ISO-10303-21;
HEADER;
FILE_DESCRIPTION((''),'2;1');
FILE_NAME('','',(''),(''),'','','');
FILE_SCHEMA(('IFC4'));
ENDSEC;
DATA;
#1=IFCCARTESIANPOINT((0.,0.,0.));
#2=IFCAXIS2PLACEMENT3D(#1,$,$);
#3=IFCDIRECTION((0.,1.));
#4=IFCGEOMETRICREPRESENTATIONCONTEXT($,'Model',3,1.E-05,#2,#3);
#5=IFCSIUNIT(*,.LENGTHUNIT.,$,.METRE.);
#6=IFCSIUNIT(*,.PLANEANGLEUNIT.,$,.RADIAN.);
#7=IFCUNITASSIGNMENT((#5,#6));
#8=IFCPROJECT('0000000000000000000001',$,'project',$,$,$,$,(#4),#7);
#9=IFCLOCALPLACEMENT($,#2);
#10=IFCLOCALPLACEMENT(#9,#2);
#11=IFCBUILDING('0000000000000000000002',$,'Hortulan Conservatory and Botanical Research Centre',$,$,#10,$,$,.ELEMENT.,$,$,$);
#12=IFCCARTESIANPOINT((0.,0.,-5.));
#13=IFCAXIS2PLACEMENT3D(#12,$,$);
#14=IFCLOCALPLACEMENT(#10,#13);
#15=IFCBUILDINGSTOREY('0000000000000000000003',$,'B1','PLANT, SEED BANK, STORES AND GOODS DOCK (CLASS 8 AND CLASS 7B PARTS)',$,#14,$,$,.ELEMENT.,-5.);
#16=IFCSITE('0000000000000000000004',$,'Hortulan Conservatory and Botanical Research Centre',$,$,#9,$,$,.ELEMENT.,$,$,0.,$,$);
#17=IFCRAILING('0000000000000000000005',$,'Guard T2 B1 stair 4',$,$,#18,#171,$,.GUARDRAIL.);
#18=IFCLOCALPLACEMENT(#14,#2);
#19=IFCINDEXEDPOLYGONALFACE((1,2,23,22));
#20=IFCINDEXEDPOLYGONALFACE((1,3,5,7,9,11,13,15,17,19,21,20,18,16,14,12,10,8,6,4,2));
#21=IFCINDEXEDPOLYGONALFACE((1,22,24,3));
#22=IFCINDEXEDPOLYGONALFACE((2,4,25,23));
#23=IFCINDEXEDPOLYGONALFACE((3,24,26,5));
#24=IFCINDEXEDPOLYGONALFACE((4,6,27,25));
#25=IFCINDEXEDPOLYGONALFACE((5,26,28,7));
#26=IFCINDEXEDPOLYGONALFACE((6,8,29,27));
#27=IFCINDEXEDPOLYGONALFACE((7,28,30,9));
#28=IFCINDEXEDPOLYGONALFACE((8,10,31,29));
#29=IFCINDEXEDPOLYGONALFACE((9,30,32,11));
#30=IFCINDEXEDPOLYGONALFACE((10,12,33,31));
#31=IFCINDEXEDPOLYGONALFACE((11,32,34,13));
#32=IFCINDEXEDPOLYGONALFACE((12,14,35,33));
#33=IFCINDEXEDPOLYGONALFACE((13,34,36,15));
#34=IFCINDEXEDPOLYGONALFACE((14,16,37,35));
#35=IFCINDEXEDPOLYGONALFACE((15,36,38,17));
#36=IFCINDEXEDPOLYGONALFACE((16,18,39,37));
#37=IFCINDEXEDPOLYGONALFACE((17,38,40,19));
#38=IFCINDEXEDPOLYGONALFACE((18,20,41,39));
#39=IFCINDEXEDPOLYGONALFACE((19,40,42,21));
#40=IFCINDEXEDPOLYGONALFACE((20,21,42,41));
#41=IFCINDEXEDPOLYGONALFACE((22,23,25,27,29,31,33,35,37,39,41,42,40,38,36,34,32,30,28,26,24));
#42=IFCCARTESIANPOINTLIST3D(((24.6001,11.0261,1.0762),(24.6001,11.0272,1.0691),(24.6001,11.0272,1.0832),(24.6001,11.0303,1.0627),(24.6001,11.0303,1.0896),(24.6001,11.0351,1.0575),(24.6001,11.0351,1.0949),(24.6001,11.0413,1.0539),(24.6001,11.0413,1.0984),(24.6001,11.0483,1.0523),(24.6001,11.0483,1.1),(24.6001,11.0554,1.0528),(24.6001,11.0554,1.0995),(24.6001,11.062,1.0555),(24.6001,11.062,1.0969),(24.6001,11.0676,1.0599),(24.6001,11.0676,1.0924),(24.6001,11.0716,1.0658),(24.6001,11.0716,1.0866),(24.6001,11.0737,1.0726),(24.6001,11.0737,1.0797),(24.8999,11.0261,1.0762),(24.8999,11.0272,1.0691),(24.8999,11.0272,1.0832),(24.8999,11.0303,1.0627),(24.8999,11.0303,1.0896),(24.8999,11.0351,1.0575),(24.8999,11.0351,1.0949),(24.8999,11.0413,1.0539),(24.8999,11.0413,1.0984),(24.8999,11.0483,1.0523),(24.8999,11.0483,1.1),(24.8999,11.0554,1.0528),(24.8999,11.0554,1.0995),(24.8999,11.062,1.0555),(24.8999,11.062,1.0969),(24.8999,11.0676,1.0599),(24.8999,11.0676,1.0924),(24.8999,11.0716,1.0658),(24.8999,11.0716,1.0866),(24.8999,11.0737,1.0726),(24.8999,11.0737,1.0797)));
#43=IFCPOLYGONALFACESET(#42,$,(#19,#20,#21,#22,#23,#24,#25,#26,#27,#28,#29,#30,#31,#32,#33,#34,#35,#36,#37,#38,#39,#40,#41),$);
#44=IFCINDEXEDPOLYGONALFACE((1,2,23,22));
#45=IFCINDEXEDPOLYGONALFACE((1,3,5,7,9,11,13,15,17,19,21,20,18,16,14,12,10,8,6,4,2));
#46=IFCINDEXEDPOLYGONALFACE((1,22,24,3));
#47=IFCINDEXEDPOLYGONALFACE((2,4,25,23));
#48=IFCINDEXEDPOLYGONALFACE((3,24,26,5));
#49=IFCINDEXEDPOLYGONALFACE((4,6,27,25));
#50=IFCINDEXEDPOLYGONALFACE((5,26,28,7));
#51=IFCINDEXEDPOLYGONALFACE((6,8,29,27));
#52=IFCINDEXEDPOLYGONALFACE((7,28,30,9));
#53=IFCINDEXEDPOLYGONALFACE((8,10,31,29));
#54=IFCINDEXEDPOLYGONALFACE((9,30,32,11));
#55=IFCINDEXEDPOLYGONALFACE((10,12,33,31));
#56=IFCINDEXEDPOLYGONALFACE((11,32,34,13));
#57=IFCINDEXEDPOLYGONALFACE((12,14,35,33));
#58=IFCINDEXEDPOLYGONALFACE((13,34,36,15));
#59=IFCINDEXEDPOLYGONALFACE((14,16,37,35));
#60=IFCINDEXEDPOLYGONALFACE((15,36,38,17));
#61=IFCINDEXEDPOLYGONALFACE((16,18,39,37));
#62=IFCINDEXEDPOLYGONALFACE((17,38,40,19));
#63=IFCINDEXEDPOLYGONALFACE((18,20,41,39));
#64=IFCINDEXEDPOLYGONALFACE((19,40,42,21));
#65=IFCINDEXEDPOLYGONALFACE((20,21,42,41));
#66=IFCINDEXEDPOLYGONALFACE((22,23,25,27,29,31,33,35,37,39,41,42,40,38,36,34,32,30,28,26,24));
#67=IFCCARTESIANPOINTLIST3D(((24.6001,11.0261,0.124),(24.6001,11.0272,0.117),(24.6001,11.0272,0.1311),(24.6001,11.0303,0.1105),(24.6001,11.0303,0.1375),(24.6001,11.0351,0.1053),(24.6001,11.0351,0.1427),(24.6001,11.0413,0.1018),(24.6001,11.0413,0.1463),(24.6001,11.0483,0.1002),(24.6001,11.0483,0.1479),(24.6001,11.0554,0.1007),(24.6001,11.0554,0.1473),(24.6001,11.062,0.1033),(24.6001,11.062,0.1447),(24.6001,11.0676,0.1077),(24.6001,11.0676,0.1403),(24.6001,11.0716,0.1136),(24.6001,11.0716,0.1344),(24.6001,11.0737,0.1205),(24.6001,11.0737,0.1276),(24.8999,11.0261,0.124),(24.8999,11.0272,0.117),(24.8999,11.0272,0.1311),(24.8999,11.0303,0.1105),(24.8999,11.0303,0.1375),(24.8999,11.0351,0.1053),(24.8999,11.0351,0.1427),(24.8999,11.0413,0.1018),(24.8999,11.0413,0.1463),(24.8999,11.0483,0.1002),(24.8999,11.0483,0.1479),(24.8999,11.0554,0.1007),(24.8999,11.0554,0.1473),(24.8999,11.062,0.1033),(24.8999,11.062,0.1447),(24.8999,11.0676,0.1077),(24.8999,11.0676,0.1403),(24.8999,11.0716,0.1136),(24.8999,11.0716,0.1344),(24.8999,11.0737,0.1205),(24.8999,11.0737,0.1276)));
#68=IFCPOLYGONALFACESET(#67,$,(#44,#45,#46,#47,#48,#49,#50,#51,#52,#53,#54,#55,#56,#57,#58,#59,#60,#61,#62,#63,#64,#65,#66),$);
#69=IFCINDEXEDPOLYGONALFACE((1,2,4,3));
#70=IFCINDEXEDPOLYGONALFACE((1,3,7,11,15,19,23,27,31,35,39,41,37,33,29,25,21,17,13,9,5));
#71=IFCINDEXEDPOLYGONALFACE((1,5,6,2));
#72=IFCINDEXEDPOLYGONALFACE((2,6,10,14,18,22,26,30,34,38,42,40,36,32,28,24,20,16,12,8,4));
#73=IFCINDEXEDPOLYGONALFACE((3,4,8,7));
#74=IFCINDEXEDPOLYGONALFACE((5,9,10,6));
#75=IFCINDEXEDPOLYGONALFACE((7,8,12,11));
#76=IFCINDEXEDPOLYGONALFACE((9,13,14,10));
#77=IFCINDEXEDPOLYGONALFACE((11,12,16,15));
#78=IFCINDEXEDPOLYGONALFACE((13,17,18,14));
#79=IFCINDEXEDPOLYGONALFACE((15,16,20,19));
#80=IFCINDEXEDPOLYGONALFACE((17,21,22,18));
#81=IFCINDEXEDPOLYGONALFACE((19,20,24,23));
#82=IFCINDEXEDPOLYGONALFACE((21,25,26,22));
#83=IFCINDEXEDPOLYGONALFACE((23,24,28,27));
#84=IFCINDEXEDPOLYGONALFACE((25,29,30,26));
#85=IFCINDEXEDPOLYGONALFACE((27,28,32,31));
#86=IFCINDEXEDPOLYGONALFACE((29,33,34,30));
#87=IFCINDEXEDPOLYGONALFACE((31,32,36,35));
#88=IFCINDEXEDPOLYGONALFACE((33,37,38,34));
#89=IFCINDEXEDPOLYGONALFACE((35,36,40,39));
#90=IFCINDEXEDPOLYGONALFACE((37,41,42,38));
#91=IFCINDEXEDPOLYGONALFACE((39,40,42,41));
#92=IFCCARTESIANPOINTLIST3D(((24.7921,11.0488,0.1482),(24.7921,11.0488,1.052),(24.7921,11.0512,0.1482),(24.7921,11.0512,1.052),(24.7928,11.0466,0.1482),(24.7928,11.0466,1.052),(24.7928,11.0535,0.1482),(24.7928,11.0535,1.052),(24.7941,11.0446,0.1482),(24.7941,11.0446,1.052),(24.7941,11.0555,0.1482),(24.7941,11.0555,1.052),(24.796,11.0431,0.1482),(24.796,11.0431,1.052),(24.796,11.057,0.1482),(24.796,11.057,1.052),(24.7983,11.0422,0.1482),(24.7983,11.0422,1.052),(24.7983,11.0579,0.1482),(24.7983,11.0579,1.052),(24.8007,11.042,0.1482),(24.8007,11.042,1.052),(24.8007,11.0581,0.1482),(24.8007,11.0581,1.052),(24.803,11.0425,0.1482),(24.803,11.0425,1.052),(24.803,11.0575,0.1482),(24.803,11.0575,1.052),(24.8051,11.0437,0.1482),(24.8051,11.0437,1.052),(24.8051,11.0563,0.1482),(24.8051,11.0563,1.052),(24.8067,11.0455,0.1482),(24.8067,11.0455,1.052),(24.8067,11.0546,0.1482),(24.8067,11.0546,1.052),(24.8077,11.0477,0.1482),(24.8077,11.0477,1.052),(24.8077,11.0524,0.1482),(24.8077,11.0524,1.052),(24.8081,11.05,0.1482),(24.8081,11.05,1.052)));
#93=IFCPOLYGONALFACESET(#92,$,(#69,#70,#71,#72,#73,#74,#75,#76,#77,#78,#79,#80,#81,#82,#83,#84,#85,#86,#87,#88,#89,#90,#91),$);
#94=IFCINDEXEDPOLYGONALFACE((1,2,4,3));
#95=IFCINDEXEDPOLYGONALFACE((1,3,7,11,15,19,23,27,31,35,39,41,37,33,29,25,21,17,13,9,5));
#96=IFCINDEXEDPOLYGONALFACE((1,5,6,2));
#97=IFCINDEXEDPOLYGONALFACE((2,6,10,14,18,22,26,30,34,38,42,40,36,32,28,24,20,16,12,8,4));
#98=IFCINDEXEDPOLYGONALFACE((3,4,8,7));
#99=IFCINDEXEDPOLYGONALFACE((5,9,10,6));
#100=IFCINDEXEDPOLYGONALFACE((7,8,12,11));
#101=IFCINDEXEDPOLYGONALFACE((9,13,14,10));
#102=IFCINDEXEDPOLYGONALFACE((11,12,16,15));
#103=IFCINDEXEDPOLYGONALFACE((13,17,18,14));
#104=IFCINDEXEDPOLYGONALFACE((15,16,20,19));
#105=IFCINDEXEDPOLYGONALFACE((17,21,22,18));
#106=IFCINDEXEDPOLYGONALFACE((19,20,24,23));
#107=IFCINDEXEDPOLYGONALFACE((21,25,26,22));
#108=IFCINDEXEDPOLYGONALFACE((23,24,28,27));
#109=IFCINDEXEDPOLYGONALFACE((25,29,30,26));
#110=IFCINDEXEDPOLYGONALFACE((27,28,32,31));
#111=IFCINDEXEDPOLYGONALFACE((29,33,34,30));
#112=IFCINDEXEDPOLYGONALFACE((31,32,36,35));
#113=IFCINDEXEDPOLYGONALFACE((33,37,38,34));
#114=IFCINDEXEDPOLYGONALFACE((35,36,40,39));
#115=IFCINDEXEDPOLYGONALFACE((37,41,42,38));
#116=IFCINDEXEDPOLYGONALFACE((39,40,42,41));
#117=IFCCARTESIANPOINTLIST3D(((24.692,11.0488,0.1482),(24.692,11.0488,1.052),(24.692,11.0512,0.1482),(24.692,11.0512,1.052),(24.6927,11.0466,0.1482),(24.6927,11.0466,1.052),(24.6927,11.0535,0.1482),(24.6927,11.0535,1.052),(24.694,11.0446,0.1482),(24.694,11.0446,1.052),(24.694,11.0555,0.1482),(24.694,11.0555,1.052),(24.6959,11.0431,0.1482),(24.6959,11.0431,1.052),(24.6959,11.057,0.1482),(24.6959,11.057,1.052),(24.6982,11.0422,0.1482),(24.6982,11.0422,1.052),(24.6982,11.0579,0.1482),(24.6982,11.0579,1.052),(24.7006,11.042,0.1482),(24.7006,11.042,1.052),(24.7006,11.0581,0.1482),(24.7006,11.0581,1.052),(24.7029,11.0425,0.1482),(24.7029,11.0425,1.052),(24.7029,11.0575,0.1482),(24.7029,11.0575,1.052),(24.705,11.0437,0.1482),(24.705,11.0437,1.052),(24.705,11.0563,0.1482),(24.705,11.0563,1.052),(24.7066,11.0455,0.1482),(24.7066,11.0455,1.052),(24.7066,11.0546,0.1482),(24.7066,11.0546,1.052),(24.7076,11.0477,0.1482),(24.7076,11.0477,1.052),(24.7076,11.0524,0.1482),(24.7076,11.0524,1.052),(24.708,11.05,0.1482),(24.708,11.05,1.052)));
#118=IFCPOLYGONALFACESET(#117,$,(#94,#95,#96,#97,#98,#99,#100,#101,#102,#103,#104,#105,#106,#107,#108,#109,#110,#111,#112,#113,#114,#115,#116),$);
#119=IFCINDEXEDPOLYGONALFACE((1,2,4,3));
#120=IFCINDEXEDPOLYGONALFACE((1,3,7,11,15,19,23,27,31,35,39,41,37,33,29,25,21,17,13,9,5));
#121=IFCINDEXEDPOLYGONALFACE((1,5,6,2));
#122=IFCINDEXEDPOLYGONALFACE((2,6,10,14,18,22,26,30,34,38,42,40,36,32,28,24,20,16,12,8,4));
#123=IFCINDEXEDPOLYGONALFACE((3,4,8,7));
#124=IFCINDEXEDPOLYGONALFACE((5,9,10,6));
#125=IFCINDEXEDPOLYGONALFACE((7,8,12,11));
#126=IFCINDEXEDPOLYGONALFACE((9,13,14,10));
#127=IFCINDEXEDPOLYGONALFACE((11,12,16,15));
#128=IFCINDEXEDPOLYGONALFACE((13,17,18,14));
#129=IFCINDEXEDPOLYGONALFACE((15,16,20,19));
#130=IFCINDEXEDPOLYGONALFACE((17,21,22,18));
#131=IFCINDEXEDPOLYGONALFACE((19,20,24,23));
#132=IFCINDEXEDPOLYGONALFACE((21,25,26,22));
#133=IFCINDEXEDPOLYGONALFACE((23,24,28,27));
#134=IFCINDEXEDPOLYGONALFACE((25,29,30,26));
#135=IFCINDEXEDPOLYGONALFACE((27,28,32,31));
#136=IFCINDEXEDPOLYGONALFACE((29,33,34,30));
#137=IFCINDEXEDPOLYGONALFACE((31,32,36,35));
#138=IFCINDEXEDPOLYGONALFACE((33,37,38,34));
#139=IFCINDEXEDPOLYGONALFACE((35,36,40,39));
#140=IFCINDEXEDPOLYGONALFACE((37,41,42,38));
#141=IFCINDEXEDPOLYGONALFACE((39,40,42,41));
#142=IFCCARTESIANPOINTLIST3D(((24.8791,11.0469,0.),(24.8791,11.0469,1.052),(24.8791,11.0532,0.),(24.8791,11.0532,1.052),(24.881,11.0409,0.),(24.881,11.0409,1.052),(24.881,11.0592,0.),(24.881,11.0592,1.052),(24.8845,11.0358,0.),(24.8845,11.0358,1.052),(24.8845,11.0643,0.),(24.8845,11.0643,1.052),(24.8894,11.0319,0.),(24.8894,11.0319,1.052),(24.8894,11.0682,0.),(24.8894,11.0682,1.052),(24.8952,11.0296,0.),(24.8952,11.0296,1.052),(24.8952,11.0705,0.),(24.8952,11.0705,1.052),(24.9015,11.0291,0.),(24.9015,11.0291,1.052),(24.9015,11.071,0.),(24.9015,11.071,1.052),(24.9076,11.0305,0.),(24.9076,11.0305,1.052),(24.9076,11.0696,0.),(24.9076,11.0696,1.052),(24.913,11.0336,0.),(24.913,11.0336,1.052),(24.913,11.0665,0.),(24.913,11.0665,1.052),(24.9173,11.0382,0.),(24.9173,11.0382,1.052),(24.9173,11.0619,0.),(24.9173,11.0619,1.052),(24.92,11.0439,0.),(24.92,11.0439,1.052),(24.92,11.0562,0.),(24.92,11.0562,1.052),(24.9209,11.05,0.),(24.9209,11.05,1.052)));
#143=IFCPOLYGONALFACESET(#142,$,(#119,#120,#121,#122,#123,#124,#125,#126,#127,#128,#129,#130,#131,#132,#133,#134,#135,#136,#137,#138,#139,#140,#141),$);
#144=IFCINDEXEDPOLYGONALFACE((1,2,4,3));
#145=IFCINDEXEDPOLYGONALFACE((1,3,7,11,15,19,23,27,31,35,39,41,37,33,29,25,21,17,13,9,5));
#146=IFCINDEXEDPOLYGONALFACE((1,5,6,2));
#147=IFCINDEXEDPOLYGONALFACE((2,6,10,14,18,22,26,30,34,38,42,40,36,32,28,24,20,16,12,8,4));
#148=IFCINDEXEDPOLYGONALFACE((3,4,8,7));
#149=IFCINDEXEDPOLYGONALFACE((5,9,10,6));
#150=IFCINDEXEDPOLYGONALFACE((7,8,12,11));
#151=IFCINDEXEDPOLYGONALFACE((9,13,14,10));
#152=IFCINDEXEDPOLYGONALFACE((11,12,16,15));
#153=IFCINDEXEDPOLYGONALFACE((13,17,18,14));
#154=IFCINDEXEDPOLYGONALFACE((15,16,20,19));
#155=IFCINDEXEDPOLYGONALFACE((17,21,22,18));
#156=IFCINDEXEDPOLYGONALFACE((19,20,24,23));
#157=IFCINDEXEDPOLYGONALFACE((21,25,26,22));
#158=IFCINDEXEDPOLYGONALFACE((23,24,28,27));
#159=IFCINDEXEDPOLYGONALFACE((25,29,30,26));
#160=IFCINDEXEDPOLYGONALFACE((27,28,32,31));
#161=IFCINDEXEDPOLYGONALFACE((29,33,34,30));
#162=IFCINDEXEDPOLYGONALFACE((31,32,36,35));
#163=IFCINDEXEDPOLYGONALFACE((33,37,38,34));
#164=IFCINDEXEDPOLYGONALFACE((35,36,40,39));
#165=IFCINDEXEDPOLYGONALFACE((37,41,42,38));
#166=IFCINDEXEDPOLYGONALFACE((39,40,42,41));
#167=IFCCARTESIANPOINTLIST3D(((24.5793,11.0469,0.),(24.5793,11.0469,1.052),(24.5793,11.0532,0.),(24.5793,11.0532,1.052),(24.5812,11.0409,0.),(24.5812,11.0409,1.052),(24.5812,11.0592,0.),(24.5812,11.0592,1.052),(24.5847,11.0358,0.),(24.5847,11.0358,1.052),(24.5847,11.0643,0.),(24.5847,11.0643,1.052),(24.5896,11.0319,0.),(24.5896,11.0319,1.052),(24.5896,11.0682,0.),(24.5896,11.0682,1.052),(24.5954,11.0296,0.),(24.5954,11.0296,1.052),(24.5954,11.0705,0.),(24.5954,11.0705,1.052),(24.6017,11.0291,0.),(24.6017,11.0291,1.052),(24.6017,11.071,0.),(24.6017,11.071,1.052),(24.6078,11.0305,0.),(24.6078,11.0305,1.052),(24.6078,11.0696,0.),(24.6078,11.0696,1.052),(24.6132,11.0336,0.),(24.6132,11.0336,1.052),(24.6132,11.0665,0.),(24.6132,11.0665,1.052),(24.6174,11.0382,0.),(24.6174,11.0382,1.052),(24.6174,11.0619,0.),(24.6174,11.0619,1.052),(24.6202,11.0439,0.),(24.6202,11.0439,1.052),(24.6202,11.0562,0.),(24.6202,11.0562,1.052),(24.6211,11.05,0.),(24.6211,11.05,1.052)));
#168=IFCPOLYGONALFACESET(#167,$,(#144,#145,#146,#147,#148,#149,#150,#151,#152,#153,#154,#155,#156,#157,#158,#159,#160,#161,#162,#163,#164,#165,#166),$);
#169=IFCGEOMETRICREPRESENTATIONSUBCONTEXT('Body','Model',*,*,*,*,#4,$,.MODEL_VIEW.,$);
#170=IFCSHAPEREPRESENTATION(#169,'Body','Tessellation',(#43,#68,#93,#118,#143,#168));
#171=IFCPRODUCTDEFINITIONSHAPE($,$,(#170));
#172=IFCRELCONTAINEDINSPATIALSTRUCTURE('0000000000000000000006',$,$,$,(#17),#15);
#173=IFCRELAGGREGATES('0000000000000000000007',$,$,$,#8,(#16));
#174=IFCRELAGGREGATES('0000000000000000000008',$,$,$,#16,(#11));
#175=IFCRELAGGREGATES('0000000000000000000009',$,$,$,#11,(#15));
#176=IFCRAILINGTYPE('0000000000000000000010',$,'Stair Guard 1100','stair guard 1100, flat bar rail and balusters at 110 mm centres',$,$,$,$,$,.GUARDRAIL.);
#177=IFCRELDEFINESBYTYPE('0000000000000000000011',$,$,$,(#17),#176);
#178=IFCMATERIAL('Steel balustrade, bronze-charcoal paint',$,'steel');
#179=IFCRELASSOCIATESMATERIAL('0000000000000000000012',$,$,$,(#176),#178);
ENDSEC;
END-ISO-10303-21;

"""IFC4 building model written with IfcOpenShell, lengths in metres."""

from ifc_helpers import new_model, si_unit, direction, frame, origin, origin_2d, place, context, subcontext, project, spatial, circle, extrude, material, type_object, element, save


model = new_model("IFC4")

# Units and contexts
model_context = context("Model", 3, precision=1e-05, world=origin(), true_north=direction((0.0, 1.0)))
body_context = subcontext(model_context, "Body", "Model", "MODEL_VIEW")
ifc_project = project(units=[si_unit("LENGTHUNIT", "METRE"), si_unit("PLANEANGLEUNIT", "RADIAN")], contexts=[model_context])

# Site, building, storey
site_placement = place(None, origin())
site = spatial("IfcSite", under=ifc_project, at=site_placement, Name="Hortulan Conservatory and Botanical Research Centre", CompositionType="ELEMENT", RefElevation=0.0)
building_placement = place(site_placement, origin())
building = spatial("IfcBuilding", under=site, at=building_placement, Name="Hortulan Conservatory and Botanical Research Centre", CompositionType="ELEMENT")
storey_placement = place(building_placement, frame((0.0, 0.0, -5.0)))
storey = spatial("IfcBuildingStorey", under=building, at=storey_placement, Name="B1", Description="PLANT, SEED BANK, STORES AND GOODS DOCK (CLASS 8 AND CLASS 7B PARTS)", CompositionType="ELEMENT", Elevation=-5.0)

# Railing
ifc_material_1 = material(Name="Steel balustrade, bronze-charcoal paint", Category="steel")
railing_type_1 = type_object("IfcRailingType", Name="Stair Guard 1100", Description="stair guard 1100, flat bar rail and balusters at 110 mm centres", PredefinedType="GUARDRAIL", material=ifc_material_1)
railing_1_placement = place(storey_placement, frame((24.8999, 11.05, 0.0)))
element("IfcRailing", 1, at=railing_1_placement, inside=storey, type_object=railing_type_1, Name="Guard T2 B1 stair 4", PredefinedType="GUARDRAIL", context=body_context, shape_type="SweptSolid", body=[
    extrude(circle(Radius=0.0239, at=origin_2d()), frame((0.0, 0.0, 1.0762), z_axis=(-1.0, 0.0, 0.0), x_axis=(0.0, -1.0, 0.0)), (0.0, 0.0, 1.0), 0.2998),
    extrude(circle(Radius=0.0239, at=origin_2d()), frame((0.0, 0.0, 0.124), z_axis=(-1.0, 0.0, 0.0), x_axis=(0.0, -1.0, 0.0)), (0.0, 0.0, 1.0), 0.2998),
    extrude(circle(Radius=0.0081, at=origin_2d()), frame((-0.0999, 0.0, 0.1482)), (0.0, 0.0, 1.0), 0.9038),
    extrude(circle(Radius=0.0081, at=origin_2d()), frame((-0.2, 0.0, 0.1482)), (0.0, 0.0, 1.0), 0.9038),
    extrude(circle(Radius=0.021, at=origin_2d()), origin(), (0.0, 0.0, 1.0), 1.052),
    extrude(circle(Radius=0.021, at=origin_2d()), frame((-0.2998, 0.0, 0.0)), (0.0, 0.0, 1.0), 1.052),
])

save(model, "model.ifc")
